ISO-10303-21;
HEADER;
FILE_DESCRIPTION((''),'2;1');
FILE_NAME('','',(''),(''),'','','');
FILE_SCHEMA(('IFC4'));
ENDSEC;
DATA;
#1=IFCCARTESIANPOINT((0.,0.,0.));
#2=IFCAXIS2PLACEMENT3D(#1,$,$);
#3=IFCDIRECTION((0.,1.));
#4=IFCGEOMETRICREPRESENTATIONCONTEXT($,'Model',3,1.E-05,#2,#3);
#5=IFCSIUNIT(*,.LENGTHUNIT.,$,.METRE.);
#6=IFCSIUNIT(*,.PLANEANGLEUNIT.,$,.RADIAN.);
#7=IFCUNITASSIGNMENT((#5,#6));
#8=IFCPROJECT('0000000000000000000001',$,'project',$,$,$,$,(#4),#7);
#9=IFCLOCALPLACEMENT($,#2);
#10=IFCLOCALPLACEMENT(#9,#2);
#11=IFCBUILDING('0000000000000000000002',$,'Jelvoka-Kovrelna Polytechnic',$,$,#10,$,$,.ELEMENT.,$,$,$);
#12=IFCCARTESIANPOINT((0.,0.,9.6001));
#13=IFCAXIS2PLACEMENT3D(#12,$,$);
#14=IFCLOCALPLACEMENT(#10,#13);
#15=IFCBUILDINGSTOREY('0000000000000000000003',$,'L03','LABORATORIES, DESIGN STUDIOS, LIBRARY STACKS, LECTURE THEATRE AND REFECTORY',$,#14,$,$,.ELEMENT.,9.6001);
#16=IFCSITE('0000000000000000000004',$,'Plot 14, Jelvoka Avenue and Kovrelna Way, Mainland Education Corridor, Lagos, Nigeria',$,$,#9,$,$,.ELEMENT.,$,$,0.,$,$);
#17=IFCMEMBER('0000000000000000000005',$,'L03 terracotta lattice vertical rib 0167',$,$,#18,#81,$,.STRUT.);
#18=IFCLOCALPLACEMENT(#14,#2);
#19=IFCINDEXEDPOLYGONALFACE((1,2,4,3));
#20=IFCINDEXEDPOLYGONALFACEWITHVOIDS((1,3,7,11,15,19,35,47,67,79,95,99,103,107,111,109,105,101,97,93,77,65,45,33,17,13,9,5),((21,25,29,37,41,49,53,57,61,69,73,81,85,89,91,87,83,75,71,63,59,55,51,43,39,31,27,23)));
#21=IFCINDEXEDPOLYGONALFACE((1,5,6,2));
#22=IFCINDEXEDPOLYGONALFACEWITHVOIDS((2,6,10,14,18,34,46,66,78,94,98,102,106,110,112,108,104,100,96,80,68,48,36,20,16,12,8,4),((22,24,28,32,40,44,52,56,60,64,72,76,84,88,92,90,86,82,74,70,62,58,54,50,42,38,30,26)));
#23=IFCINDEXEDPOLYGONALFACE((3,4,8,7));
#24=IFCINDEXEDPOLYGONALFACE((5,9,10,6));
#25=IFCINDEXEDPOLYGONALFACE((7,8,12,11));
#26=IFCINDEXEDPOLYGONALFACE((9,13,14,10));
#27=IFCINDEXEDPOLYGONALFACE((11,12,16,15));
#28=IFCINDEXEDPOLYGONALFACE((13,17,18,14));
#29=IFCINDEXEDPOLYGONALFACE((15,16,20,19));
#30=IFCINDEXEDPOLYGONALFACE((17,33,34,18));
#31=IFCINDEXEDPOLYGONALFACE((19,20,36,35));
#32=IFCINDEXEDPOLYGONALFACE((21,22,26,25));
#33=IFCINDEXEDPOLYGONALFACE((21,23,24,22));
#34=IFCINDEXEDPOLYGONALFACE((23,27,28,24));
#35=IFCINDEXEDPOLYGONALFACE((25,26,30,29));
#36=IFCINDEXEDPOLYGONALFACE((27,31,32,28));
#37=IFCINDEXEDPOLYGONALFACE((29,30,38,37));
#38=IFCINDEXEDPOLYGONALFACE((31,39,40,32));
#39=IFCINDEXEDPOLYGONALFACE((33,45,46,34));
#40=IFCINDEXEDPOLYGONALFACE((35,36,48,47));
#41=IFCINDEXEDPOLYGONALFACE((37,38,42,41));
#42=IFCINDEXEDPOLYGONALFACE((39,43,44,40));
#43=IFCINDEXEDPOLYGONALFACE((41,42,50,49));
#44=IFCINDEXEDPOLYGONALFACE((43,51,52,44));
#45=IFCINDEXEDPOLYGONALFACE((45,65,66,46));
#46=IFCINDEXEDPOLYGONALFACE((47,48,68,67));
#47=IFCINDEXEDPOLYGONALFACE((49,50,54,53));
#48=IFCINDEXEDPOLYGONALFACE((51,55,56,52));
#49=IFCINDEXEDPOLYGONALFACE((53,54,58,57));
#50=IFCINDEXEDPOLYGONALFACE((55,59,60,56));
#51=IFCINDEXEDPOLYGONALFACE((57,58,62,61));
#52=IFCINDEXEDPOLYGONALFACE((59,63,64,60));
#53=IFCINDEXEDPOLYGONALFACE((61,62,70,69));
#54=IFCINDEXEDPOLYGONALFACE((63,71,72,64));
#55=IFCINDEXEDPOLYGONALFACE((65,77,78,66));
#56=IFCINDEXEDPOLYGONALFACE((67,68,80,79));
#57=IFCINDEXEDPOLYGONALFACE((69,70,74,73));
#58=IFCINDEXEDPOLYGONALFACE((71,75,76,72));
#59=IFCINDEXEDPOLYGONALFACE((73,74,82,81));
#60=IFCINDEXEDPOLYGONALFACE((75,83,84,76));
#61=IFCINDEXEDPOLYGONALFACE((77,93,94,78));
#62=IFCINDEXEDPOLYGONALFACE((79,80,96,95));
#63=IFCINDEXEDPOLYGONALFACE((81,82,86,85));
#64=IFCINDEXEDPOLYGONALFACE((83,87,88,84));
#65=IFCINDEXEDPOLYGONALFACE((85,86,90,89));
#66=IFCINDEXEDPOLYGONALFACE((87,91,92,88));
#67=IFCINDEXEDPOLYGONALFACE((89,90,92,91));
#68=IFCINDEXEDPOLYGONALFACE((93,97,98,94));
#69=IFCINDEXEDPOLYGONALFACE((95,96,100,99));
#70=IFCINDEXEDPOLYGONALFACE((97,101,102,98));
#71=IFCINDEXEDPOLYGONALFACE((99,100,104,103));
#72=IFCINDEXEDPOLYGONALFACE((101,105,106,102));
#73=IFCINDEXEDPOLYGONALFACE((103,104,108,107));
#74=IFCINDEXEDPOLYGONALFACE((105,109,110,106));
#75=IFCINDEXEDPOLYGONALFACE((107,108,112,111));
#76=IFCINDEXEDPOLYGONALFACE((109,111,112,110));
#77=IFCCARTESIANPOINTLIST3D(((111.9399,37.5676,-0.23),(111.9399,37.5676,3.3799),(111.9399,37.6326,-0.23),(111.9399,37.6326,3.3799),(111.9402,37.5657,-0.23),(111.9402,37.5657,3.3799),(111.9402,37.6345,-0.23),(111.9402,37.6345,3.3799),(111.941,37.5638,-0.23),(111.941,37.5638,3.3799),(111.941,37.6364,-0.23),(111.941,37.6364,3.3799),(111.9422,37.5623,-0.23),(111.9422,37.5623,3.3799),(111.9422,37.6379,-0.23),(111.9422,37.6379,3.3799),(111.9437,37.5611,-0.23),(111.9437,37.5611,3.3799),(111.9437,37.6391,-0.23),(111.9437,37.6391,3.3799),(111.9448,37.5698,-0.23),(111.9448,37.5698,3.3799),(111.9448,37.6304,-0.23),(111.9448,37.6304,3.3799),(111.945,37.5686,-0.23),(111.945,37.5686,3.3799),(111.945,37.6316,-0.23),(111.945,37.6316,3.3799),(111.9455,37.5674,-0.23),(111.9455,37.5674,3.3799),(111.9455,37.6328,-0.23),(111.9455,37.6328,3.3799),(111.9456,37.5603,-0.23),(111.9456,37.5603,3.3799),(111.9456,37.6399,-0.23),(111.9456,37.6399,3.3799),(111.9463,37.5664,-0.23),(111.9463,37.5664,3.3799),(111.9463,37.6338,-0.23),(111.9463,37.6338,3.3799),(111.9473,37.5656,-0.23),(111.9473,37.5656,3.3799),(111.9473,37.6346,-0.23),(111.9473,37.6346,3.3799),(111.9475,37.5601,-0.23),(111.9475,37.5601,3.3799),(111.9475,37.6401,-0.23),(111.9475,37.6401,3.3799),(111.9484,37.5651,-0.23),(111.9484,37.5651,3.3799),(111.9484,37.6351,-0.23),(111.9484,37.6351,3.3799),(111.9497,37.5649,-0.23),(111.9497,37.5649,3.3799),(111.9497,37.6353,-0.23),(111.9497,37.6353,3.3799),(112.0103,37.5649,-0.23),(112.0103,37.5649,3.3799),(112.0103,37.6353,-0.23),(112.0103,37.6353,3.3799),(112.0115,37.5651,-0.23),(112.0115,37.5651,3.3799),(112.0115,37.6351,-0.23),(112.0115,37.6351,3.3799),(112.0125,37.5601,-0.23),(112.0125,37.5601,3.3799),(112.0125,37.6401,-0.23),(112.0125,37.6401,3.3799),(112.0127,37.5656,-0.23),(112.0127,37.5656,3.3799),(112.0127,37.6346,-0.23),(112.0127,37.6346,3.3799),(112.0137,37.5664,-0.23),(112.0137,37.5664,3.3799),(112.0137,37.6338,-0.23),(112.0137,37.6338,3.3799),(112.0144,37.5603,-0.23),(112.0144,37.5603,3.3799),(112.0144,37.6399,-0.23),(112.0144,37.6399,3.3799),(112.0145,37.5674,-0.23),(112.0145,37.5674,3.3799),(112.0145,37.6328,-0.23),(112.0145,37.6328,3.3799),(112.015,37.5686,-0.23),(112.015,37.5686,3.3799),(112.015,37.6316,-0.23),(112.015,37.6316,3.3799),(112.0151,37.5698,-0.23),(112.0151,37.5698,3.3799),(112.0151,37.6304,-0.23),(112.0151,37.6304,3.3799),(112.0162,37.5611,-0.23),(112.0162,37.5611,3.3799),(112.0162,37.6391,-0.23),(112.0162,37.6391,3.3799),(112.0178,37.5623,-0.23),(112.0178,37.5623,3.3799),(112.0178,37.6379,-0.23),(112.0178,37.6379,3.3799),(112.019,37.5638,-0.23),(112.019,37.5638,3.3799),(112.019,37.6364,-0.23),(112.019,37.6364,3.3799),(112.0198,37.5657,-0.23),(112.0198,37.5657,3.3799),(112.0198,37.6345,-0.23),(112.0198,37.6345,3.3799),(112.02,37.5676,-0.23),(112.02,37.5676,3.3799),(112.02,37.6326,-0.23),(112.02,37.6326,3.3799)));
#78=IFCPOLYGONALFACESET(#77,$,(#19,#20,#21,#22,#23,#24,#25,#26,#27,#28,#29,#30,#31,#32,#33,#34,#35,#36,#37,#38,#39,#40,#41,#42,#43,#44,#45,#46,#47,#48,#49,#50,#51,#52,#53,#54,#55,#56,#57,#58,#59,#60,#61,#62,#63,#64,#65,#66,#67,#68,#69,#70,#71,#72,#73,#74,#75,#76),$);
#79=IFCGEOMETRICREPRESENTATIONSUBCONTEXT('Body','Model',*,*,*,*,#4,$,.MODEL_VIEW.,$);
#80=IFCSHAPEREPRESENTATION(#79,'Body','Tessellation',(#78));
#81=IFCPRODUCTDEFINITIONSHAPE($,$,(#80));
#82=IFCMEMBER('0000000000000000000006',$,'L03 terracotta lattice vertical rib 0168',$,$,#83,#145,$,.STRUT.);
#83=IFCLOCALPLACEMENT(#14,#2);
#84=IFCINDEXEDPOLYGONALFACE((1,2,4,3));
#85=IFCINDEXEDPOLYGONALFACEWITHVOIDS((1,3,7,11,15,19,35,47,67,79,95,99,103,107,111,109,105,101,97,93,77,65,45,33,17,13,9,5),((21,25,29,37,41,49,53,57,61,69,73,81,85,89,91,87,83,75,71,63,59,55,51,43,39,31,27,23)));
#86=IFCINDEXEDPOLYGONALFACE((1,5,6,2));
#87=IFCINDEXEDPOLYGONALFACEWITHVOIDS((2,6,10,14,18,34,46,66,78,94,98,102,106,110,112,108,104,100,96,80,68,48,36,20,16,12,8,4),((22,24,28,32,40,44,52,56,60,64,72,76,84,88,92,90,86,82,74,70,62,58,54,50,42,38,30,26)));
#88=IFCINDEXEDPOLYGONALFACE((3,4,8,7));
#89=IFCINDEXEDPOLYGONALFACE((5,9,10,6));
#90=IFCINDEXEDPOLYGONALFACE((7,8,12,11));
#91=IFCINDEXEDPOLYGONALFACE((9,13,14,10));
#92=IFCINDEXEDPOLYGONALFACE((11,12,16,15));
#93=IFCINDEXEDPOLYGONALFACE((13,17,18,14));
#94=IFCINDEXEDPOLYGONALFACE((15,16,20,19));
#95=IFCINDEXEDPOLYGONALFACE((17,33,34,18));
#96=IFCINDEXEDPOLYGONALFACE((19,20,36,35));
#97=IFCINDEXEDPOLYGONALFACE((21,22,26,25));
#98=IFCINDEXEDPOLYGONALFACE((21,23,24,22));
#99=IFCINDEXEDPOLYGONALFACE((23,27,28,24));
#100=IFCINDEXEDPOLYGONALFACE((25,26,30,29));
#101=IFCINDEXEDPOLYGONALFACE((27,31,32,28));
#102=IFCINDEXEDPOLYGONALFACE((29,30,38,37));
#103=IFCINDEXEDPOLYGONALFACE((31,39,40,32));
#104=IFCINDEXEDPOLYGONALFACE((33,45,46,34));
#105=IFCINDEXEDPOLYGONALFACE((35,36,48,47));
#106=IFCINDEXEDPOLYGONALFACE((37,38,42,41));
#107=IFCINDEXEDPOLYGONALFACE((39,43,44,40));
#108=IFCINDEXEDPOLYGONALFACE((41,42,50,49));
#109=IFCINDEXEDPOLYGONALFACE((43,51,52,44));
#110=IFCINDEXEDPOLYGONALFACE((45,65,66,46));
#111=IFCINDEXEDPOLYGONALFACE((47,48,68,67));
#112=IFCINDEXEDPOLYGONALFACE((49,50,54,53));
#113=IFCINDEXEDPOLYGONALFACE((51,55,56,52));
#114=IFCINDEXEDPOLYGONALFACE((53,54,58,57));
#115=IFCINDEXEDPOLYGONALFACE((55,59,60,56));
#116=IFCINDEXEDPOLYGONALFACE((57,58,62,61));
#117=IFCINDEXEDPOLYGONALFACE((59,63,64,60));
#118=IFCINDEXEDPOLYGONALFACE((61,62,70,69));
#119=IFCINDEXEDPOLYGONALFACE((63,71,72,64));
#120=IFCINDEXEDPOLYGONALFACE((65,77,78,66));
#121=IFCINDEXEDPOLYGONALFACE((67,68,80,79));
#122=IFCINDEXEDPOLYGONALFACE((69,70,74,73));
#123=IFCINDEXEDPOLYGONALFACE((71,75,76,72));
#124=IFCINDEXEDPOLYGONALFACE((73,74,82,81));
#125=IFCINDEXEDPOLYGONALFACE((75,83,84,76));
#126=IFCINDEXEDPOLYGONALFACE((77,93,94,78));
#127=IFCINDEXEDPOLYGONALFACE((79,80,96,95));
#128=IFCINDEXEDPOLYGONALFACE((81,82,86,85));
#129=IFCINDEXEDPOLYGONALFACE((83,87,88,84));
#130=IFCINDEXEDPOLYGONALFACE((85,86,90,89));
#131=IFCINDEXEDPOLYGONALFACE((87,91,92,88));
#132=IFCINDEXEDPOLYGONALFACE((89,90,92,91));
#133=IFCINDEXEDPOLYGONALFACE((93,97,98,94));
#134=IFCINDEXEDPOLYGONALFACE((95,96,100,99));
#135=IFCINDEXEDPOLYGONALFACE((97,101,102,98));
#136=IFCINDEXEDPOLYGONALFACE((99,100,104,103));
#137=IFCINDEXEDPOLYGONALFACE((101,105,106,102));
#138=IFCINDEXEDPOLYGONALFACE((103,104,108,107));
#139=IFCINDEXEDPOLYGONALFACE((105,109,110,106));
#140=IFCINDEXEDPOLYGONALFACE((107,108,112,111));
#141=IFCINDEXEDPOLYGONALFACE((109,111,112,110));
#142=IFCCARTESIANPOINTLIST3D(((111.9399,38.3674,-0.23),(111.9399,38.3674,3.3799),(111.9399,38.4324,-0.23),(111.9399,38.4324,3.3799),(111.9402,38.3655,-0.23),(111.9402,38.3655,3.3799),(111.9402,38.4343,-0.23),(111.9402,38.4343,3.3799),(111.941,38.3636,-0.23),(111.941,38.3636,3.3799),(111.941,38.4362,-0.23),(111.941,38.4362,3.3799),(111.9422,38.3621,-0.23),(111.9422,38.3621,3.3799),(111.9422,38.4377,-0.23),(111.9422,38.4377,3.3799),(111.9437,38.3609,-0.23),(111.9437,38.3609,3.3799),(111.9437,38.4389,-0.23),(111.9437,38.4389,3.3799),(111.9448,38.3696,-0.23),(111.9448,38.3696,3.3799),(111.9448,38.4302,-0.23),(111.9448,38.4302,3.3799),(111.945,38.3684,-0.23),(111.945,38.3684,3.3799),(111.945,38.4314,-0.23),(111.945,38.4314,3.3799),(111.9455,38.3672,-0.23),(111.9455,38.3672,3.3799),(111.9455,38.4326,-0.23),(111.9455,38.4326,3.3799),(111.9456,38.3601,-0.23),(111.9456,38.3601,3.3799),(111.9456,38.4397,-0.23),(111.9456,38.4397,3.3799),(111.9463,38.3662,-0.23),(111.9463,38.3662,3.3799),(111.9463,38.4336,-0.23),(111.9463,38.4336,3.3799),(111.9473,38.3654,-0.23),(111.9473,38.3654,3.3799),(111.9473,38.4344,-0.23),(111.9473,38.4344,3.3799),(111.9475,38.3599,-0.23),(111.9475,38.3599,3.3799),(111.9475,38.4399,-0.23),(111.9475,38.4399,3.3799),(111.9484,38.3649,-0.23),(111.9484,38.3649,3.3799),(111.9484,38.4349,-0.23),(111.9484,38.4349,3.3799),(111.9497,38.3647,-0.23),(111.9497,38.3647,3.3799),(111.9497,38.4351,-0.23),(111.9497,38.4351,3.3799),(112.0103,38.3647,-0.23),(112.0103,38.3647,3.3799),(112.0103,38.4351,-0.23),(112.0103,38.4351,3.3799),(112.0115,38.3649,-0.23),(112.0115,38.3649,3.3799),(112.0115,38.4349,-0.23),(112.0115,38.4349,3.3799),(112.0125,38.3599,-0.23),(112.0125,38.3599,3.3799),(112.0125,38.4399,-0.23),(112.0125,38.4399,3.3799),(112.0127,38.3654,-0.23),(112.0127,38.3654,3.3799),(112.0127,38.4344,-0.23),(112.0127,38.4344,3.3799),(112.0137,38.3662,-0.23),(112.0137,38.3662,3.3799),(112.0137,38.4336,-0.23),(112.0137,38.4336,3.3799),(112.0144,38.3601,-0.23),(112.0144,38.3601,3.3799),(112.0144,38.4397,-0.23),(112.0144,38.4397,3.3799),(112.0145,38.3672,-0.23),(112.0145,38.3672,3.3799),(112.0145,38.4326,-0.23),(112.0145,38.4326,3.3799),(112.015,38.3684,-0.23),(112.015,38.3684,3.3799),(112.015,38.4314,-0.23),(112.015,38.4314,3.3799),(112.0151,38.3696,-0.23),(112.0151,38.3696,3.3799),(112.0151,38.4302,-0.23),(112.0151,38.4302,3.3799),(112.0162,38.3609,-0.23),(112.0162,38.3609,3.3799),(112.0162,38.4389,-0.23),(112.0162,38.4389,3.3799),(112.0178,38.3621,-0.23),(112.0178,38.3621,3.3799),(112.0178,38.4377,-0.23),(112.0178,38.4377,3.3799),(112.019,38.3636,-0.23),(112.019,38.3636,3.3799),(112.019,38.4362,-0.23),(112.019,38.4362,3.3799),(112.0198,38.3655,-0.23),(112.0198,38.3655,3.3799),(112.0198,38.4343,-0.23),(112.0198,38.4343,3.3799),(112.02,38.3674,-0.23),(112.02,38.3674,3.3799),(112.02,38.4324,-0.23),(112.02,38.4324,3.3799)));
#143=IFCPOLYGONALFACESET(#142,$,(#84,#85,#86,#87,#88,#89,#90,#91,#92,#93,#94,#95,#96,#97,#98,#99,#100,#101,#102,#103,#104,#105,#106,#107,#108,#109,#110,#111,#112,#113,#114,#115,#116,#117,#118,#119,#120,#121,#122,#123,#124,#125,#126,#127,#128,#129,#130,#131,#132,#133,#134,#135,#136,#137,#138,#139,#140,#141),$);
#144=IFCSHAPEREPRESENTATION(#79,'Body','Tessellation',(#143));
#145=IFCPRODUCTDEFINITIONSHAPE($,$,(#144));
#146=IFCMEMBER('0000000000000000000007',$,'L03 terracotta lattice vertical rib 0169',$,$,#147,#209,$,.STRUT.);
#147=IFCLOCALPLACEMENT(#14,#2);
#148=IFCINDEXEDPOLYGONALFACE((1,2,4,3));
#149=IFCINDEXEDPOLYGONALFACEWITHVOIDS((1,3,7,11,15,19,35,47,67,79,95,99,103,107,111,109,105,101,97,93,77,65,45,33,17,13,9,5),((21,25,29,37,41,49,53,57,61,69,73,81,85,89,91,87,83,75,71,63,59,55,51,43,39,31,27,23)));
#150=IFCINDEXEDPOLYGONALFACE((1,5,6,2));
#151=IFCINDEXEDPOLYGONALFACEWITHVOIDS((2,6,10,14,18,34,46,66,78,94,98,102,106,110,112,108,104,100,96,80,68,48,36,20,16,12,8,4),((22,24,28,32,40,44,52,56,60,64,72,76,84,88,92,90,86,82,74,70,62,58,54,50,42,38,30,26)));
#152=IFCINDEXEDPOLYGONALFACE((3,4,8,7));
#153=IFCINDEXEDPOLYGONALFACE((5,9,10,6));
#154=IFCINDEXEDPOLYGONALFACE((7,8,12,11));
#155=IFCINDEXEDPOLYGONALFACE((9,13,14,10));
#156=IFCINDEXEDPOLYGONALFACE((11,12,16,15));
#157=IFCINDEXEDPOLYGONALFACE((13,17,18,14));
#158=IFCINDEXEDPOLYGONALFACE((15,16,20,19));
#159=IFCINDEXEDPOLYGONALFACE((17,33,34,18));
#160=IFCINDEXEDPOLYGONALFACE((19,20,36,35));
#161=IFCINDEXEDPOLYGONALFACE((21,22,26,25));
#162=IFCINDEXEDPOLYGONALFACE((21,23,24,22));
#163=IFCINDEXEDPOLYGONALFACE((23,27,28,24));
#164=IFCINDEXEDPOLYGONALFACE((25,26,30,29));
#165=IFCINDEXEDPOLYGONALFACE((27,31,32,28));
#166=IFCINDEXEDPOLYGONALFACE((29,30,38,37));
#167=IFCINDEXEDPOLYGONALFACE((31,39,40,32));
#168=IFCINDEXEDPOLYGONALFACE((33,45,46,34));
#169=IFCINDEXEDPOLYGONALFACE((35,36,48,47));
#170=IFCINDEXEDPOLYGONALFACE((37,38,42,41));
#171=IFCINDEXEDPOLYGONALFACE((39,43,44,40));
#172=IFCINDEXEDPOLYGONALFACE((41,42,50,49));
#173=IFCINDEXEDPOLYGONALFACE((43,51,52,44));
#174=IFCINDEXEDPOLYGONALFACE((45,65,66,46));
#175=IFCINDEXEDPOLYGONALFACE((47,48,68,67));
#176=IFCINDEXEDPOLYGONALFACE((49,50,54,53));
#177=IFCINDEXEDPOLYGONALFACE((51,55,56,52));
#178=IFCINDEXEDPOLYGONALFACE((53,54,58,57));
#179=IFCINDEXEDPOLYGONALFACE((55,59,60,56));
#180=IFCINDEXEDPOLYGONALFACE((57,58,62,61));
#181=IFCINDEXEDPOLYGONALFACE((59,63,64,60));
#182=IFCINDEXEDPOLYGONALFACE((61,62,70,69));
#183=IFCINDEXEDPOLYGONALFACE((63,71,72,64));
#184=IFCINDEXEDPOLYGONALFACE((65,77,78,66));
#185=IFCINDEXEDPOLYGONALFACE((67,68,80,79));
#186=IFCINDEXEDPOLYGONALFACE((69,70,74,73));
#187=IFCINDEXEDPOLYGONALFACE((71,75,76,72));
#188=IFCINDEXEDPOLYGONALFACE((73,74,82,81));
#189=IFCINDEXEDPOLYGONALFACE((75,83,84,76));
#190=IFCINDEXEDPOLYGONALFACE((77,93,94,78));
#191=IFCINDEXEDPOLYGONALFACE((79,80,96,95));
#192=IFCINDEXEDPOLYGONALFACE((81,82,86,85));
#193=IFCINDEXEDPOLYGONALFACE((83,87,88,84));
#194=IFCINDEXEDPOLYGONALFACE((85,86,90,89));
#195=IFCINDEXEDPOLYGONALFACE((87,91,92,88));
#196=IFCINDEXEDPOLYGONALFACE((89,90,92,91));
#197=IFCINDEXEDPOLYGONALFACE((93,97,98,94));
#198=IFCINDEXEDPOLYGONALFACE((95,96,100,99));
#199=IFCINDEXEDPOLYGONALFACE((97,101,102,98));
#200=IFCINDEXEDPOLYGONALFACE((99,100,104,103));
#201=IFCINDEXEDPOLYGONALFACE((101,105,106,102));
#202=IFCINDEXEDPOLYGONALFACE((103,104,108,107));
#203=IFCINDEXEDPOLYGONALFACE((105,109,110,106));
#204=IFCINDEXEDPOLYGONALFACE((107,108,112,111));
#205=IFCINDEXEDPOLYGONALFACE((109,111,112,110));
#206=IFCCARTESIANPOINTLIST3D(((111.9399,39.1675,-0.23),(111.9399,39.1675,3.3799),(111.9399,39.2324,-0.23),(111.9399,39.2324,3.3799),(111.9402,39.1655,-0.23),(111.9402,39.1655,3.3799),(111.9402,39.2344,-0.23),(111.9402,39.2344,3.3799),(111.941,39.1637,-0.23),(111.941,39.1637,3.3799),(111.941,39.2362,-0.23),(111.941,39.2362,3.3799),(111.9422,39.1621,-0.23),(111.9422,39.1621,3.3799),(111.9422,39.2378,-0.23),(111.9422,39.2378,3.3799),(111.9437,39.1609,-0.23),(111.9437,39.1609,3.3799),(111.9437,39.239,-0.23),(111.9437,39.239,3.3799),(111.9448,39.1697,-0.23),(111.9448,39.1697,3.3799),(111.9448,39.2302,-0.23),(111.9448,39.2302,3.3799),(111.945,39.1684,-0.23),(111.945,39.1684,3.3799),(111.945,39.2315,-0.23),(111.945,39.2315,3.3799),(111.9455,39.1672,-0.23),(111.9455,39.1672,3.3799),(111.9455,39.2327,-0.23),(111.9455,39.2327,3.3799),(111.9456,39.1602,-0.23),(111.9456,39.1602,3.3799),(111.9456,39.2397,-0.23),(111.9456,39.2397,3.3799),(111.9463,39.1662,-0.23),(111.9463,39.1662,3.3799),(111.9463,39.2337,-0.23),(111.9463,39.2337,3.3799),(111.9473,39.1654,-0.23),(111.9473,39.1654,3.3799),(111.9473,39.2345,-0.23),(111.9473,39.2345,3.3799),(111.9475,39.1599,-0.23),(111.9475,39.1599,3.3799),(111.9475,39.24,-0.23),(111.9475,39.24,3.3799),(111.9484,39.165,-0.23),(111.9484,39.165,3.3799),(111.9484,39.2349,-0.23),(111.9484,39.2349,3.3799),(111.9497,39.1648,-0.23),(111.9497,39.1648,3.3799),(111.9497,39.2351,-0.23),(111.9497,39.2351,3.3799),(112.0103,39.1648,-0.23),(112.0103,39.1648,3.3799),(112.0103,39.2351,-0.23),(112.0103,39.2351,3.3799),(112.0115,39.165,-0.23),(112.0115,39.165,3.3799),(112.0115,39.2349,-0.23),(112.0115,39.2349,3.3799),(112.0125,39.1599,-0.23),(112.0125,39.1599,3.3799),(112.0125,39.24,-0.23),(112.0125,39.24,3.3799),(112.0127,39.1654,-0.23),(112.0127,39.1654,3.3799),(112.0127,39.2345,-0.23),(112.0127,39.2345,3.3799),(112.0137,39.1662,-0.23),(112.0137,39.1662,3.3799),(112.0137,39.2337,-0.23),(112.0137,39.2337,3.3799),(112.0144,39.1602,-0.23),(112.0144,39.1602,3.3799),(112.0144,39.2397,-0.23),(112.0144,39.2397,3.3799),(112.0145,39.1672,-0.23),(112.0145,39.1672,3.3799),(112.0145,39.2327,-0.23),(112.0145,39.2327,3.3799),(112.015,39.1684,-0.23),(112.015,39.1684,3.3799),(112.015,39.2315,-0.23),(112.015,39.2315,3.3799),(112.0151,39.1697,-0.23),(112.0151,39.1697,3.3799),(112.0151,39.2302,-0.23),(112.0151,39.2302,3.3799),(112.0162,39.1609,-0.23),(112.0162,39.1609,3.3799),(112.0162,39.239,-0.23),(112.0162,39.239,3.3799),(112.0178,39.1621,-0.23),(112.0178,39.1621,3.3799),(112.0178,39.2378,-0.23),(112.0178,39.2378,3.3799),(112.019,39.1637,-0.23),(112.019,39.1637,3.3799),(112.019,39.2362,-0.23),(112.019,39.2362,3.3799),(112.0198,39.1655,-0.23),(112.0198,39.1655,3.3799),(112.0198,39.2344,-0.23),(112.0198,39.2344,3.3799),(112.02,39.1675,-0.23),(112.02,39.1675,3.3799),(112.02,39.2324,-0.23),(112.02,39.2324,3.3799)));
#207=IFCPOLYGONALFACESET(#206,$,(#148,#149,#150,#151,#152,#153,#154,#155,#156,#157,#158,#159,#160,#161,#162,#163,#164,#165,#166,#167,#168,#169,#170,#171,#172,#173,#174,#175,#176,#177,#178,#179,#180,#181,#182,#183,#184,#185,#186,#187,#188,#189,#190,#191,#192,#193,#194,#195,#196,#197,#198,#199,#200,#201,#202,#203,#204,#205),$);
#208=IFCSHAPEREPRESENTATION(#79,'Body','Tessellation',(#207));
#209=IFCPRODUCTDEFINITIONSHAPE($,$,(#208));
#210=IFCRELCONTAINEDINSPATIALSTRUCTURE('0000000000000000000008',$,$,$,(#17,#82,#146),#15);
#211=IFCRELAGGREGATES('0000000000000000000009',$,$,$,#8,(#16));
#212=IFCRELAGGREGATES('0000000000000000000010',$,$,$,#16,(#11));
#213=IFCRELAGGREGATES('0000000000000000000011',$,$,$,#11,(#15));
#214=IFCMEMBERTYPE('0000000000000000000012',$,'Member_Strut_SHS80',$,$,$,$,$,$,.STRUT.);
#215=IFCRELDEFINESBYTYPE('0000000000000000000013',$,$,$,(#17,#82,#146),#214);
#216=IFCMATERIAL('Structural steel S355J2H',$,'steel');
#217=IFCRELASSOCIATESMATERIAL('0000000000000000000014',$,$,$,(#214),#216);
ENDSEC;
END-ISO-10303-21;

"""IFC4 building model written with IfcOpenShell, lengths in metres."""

from ifc_helpers import new_model, si_unit, direction, frame, origin, origin_2d, place, context, subcontext, project, spatial, hollow_rectangle, extrude, material, material_profile, profile_set, type_object, element, save


model = new_model("IFC4")

# Units and contexts
model_context = context("Model", 3, precision=1e-05, world=origin(), true_north=direction((0.0, 1.0)))
body_context = subcontext(model_context, "Body", "Model", "MODEL_VIEW")
ifc_project = project(units=[si_unit("LENGTHUNIT", "METRE"), si_unit("PLANEANGLEUNIT", "RADIAN")], contexts=[model_context])

# Site, building, storey
site_placement = place(None, origin())
site = spatial("IfcSite", under=ifc_project, at=site_placement, Name="Plot 14, Jelvoka Avenue and Kovrelna Way, Mainland Education Corridor, Lagos, Nigeria", CompositionType="ELEMENT", RefElevation=0.0)
building_placement = place(site_placement, origin())
building = spatial("IfcBuilding", under=site, at=building_placement, Name="Jelvoka-Kovrelna Polytechnic", CompositionType="ELEMENT")
storey_placement = place(building_placement, frame((0.0, 0.0, 9.6001)))
storey = spatial("IfcBuildingStorey", under=building, at=storey_placement, Name="L03", Description="LABORATORIES, DESIGN STUDIOS, LIBRARY STACKS, LECTURE THEATRE AND REFECTORY", CompositionType="ELEMENT", Elevation=9.6001)

# Members
ifc_material_1 = material(Name="Structural steel S355J2H", Category="steel")
ifc_material_profile_1 = material_profile(ifc_material_1, hollow_rectangle(XDim=0.0801, YDim=0.0801, WallThickness=0.0049, InnerFilletRadius=0.0049, OuterFilletRadius=0.0076, at=origin_2d()), Name="80x80x5.0 SHS")
ifc_profile_set_1 = profile_set([ifc_material_profile_1], Name="Structural steel S355J2H")
member_type_1 = type_object("IfcMemberType", Name="Member_Strut_SHS80", PredefinedType="STRUT", material=ifc_profile_set_1)
for number, where, z_axis, x_axis, name in (
    (1, (111.98, 37.6001, -0.23), (0.0, 0.0, 1.0), (1.0, 0.0, 0.0), "L03 terracotta lattice vertical rib 0167"),
    (2, (111.98, 38.3999, -0.23), (0.0, 0.0, 1.0), (1.0, 0.0, 0.0), "L03 terracotta lattice vertical rib 0168"),
    (3, (111.98, 39.2, -0.23), (0.0, 0.0, 1.0), (1.0, 0.0, 0.0), "L03 terracotta lattice vertical rib 0169"),
):
    element("IfcMember", number, at=place(storey_placement, frame(where, z_axis=z_axis, x_axis=x_axis)), inside=storey, type_object=member_type_1, Name=name, PredefinedType="STRUT", context=body_context, shape_type="SweptSolid", body=[
        extrude(hollow_rectangle(XDim=0.0801, YDim=0.0801, WallThickness=0.0049, InnerFilletRadius=0.0049, OuterFilletRadius=0.0076, at=origin_2d()), origin(), (0.0, 0.0, 1.0), 3.6099),
    ])

save(model, "model.ifc")
